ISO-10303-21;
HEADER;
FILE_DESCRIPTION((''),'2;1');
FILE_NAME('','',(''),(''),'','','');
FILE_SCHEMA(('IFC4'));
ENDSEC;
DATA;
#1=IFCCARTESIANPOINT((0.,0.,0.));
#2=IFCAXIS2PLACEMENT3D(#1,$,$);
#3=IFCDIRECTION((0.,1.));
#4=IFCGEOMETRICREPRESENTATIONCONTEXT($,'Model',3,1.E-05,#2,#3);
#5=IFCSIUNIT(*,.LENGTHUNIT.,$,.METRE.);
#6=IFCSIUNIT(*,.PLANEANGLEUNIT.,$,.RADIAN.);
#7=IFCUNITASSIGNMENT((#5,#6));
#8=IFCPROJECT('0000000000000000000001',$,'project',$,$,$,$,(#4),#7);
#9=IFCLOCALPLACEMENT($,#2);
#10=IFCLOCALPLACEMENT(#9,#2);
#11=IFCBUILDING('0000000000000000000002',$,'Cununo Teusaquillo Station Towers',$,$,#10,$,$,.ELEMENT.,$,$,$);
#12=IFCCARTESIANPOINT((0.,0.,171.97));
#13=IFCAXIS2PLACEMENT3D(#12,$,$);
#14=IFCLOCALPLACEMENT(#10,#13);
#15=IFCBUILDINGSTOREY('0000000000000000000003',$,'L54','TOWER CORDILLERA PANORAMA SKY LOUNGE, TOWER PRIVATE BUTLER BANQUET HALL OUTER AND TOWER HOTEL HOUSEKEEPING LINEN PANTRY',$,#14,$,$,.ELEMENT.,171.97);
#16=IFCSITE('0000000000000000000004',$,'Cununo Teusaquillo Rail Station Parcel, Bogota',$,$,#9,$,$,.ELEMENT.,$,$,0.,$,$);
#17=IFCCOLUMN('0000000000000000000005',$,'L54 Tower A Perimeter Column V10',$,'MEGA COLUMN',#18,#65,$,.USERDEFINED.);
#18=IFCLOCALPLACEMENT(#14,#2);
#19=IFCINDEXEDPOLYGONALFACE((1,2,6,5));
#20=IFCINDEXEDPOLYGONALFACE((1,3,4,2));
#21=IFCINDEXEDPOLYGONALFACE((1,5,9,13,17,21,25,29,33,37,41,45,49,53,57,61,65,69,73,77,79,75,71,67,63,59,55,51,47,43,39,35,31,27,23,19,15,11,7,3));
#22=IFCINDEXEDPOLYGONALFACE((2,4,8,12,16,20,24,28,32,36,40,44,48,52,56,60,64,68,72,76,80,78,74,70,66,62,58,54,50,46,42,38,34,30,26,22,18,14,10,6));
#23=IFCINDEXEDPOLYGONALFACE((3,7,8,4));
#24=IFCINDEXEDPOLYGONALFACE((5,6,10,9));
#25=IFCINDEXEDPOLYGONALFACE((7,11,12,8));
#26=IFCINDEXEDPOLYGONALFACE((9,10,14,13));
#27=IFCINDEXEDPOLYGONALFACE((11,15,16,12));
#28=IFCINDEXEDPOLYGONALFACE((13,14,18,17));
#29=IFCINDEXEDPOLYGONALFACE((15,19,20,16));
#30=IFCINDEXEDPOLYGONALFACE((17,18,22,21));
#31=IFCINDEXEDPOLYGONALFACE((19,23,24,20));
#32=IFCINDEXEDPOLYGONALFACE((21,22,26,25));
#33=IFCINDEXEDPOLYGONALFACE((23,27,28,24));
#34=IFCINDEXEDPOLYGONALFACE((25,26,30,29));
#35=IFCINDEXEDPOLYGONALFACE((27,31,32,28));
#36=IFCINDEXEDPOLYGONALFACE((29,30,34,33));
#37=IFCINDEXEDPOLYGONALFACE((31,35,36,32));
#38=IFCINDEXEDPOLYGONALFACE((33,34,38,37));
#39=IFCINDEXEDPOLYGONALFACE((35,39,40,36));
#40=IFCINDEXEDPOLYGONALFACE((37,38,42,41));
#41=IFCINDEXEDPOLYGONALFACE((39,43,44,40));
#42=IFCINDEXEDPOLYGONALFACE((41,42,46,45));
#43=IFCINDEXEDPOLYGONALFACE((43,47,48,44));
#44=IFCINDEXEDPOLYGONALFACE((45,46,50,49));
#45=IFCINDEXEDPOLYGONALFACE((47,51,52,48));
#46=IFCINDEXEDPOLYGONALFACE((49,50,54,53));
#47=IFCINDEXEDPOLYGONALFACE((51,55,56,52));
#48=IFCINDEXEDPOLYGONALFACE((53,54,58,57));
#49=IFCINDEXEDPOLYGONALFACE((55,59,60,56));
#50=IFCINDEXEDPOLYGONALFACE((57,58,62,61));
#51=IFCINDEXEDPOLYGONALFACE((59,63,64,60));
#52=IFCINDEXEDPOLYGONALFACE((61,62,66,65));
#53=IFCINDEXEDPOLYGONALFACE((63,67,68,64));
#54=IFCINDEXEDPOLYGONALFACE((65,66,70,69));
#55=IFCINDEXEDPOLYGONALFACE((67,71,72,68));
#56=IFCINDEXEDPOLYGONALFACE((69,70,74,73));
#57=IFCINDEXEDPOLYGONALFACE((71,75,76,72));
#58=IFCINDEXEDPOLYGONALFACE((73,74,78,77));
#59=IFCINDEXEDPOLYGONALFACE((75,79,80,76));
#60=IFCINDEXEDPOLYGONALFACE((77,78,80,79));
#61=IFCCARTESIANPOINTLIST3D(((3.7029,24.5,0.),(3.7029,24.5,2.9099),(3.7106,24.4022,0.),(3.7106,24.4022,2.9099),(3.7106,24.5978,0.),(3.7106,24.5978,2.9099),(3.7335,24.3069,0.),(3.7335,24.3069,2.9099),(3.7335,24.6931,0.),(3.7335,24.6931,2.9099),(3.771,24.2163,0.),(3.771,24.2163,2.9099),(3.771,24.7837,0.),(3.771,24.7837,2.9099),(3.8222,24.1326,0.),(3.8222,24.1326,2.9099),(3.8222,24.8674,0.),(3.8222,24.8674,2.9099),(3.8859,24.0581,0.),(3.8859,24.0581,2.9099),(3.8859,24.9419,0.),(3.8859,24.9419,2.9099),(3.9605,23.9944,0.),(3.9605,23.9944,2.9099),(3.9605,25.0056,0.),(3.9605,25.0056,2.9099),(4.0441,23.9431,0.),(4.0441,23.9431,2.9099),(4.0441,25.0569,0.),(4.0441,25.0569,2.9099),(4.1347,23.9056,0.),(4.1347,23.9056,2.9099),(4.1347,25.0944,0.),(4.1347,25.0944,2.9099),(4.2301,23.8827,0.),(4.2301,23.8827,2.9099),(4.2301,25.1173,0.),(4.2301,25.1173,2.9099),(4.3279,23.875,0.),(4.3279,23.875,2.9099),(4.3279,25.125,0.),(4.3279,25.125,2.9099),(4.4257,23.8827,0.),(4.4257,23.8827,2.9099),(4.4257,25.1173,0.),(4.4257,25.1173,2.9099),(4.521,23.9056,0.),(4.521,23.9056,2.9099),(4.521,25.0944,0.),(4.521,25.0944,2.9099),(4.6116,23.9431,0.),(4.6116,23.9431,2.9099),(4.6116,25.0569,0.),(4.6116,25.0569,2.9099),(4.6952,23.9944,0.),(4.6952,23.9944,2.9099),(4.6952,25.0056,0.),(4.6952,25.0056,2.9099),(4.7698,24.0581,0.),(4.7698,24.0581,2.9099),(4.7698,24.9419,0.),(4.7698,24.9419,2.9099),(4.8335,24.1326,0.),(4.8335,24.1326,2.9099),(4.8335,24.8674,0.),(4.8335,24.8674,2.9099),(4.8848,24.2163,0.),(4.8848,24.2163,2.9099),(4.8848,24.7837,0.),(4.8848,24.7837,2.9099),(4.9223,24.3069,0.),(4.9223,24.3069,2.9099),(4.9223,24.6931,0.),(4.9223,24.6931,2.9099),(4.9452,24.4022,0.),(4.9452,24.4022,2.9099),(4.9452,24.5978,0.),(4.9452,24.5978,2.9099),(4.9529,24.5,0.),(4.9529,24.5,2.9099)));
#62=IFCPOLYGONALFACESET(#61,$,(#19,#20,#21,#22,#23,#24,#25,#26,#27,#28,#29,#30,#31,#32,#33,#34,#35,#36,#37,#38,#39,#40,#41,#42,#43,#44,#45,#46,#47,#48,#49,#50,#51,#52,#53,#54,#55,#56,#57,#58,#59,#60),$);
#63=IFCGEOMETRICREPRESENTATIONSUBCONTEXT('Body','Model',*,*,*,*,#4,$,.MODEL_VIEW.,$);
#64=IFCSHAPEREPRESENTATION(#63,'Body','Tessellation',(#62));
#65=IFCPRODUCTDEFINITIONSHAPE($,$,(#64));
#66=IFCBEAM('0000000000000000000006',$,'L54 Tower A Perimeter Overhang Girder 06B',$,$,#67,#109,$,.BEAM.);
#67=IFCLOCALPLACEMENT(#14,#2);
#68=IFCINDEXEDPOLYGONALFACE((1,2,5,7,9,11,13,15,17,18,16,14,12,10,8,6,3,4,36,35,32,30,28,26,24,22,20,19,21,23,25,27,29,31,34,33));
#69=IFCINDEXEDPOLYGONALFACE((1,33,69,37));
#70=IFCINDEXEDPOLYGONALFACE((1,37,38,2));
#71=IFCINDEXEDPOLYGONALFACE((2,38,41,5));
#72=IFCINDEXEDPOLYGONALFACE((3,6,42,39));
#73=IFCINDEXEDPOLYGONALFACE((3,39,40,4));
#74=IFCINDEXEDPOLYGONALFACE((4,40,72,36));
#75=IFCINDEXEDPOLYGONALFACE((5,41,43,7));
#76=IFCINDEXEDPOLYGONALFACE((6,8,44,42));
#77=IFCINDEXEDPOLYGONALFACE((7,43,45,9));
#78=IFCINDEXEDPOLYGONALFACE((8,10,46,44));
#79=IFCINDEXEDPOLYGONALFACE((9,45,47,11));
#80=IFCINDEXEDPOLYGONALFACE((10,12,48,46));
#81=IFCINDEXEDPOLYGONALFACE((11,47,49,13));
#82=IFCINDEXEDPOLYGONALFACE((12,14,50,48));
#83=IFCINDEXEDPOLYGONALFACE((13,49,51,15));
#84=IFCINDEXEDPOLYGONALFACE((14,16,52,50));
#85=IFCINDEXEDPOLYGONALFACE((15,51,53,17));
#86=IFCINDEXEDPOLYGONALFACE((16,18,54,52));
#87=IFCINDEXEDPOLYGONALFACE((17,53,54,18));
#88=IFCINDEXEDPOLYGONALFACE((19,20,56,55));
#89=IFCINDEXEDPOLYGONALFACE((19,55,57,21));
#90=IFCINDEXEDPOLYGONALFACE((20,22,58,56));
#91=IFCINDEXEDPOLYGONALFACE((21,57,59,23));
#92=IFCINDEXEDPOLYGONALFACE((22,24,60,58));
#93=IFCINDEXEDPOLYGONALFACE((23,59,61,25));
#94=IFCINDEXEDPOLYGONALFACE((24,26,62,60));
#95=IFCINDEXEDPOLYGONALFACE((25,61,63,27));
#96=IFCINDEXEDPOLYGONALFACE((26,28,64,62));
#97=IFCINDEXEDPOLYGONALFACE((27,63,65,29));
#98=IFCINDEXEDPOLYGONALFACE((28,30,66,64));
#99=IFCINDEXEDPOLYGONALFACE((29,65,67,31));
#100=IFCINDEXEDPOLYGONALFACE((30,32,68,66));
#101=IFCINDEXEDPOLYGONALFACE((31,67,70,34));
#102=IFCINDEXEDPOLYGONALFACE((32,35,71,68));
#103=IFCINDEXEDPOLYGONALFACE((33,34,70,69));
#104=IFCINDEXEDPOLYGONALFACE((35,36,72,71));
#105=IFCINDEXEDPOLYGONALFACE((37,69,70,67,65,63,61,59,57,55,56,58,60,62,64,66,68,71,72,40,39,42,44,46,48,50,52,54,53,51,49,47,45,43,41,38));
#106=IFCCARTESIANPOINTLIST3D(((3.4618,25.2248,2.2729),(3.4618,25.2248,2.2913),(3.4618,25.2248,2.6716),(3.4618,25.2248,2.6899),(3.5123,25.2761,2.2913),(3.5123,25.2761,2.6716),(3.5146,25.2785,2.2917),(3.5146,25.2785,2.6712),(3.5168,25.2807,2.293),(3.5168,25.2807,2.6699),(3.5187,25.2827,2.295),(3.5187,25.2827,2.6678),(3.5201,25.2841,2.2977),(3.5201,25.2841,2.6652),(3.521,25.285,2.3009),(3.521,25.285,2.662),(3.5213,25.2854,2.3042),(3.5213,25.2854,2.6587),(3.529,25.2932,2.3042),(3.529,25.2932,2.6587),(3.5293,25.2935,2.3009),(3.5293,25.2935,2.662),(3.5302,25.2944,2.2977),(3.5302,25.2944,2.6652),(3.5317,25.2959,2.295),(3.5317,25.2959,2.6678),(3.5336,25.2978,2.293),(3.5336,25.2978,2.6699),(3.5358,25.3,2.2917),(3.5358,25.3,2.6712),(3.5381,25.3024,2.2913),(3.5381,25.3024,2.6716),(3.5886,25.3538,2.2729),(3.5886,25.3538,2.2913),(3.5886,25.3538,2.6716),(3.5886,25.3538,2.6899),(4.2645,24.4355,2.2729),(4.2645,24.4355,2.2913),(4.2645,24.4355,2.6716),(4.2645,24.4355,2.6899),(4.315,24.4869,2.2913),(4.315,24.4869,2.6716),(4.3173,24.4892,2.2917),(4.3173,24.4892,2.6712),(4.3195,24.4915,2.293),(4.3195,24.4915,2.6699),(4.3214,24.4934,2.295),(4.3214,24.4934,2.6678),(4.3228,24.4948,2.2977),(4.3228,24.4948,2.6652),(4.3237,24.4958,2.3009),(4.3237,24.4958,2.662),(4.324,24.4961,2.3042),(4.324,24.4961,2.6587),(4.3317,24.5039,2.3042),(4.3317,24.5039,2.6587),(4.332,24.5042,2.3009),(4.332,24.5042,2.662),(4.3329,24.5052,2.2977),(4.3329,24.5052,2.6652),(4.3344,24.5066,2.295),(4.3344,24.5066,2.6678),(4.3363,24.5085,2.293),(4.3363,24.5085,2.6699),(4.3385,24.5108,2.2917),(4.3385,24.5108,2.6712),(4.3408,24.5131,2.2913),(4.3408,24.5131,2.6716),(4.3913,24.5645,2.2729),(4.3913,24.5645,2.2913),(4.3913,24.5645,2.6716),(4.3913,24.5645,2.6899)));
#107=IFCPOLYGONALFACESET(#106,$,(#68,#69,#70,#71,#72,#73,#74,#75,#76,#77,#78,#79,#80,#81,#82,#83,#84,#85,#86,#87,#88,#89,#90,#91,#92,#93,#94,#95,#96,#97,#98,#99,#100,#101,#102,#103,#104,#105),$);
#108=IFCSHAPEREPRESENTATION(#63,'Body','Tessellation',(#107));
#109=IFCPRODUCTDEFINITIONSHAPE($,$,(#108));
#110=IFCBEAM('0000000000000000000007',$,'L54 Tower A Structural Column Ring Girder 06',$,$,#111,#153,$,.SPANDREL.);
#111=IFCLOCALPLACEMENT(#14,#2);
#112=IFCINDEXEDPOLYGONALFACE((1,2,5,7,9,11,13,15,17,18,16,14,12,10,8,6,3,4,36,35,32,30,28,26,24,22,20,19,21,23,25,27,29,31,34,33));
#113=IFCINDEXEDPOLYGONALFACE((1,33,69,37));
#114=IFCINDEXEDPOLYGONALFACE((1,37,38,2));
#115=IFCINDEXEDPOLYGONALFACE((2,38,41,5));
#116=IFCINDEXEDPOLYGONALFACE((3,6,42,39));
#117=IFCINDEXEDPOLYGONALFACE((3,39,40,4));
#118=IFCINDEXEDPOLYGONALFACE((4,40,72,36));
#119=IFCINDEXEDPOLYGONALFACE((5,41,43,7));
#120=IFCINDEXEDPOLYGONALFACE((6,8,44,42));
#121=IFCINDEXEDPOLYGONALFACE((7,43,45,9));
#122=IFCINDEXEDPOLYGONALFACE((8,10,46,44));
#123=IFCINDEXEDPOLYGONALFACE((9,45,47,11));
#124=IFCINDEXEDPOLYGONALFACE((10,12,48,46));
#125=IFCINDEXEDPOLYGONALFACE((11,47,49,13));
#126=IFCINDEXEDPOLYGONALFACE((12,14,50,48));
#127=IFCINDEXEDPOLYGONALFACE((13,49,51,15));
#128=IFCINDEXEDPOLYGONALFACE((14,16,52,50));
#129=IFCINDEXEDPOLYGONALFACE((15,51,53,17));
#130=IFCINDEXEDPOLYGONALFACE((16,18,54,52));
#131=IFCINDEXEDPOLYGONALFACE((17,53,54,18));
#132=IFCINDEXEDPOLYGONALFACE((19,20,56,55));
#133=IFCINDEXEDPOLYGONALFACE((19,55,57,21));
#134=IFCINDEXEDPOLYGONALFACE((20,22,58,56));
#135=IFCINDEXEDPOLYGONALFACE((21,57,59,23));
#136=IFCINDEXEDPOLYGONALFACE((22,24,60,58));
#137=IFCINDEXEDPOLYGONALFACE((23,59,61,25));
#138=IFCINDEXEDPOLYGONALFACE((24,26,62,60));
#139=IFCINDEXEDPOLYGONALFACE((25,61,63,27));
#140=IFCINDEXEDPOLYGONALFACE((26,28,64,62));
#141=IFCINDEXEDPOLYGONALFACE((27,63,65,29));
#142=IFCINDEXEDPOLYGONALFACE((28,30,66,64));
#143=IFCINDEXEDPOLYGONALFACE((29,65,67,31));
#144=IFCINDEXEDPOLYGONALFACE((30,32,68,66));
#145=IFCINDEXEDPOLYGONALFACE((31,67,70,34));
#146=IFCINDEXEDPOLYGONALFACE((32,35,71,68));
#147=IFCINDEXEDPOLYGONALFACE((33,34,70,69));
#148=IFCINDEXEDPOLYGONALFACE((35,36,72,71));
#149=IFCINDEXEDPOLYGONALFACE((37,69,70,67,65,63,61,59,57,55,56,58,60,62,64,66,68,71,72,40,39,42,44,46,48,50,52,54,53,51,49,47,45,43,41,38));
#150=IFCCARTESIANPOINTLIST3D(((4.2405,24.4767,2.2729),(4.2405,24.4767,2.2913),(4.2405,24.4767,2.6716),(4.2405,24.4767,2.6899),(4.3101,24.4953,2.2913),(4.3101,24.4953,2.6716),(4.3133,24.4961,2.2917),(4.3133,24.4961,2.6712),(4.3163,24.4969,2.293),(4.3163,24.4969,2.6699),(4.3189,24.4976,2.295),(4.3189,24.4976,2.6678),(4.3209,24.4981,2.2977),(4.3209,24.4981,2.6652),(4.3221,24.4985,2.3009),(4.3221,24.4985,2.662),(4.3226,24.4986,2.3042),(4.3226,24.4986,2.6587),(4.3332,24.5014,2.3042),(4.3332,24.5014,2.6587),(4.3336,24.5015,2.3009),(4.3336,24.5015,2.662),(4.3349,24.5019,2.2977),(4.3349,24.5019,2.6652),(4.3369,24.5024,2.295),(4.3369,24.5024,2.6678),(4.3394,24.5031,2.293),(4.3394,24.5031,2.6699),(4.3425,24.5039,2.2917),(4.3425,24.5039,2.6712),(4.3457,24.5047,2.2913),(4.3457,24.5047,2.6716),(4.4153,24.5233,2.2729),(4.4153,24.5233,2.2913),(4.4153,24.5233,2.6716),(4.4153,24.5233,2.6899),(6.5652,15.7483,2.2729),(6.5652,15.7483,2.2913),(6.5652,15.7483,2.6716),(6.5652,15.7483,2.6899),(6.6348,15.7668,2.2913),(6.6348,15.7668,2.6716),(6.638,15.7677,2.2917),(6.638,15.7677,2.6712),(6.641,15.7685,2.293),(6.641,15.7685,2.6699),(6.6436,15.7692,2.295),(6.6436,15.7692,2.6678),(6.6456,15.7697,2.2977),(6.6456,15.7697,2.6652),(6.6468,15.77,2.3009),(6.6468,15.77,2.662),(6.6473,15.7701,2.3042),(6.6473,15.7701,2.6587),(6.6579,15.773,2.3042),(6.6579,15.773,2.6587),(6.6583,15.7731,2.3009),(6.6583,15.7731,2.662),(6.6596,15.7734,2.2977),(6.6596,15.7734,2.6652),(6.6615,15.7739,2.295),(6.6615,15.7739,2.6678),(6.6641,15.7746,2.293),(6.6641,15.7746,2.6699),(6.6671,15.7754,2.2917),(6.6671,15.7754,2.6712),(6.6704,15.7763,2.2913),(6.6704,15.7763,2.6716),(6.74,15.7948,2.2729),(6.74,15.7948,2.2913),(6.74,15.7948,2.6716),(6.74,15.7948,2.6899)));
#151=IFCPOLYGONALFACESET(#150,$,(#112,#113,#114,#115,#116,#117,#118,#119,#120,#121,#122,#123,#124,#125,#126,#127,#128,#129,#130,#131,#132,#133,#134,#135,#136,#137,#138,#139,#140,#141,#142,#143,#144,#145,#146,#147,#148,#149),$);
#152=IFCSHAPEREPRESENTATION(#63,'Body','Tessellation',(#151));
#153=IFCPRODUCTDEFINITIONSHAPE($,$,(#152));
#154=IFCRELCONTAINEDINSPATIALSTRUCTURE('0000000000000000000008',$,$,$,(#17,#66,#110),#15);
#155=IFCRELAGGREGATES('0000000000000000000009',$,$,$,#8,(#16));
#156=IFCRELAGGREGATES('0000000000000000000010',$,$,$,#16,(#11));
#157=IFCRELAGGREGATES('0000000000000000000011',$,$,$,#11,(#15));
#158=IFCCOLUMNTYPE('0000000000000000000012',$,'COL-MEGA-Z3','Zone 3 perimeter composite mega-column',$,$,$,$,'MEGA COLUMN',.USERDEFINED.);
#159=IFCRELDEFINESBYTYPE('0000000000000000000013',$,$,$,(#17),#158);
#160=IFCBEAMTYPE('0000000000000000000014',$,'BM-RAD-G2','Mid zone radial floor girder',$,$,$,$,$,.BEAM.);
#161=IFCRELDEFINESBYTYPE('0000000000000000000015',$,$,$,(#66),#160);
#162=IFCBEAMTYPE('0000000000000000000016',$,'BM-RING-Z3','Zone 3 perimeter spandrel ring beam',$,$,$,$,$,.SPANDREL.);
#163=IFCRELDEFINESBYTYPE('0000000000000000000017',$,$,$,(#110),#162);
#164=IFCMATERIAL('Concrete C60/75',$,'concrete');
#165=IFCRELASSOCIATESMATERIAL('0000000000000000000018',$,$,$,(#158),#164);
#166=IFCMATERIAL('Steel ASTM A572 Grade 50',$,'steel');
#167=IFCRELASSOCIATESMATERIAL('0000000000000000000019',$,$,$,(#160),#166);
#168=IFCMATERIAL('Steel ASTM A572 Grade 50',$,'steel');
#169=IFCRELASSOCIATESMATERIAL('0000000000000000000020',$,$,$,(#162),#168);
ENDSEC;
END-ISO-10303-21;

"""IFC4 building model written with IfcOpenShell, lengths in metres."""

from ifc_helpers import new_model, si_unit, direction, frame, origin, origin_2d, place, context, subcontext, project, spatial, circle, i_section, extrude, material, material_profile, profile_set, type_object, element, save


model = new_model("IFC4")

# Units and contexts
model_context = context("Model", 3, precision=1e-05, world=origin(), true_north=direction((0.0, 1.0)))
body_context = subcontext(model_context, "Body", "Model", "MODEL_VIEW")
ifc_project = project(units=[si_unit("LENGTHUNIT", "METRE"), si_unit("PLANEANGLEUNIT", "RADIAN")], contexts=[model_context])

# Site, building, storey
site_placement = place(None, origin())
site = spatial("IfcSite", under=ifc_project, at=site_placement, Name="Cununo Teusaquillo Rail Station Parcel, Bogota", CompositionType="ELEMENT", RefElevation=0.0)
building_placement = place(site_placement, origin())
building = spatial("IfcBuilding", under=site, at=building_placement, Name="Cununo Teusaquillo Station Towers", CompositionType="ELEMENT")
storey_placement = place(building_placement, frame((0.0, 0.0, 171.97)))
storey = spatial("IfcBuildingStorey", under=building, at=storey_placement, Name="L54", Description="TOWER CORDILLERA PANORAMA SKY LOUNGE, TOWER PRIVATE BUTLER BANQUET HALL OUTER AND TOWER HOTEL HOUSEKEEPING LINEN PANTRY", CompositionType="ELEMENT", Elevation=171.97)

# Column
ifc_material_1 = material(Name="Concrete C60/75", Category="concrete")
ifc_material_profile_1 = material_profile(ifc_material_1, circle(Radius=0.625, at=origin_2d()), Name="RC-CIRC-1250")
ifc_profile_set_1 = profile_set([ifc_material_profile_1], Name="Concrete C60/75")
column_type = type_object("IfcColumnType", Name="COL-MEGA-Z3", Description="Zone 3 perimeter composite mega-column", ElementType="MEGA COLUMN", PredefinedType="USERDEFINED", material=ifc_profile_set_1)
column_placement = place(storey_placement, frame((4.3279, 24.5, 0.0), z_axis=(0.0, 0.0, 1.0), x_axis=(1.0, 0.0, 0.0)))
element("IfcColumn", 1, at=column_placement, inside=storey, type_object=column_type, Name="L54 Tower A Perimeter Column V10", ObjectType="MEGA COLUMN", PredefinedType="USERDEFINED", context=body_context, shape_type="SweptSolid", body=[
    extrude(circle(Radius=0.625, at=origin_2d()), origin(), (0.0, 0.0, 1.0), 2.9099),
])

# Beams
ifc_material_2 = material(Name="Steel ASTM A572 Grade 50", Category="steel")
ifc_material_profile_2 = material_profile(ifc_material_2, i_section(OverallWidth=0.1809, OverallDepth=0.417, WebThickness=0.011, FlangeThickness=0.0183, FilletRadius=0.0129, at=origin_2d()), Name="W16X57")
ifc_profile_set_2 = profile_set([ifc_material_profile_2], Name="Steel ASTM A572 Grade 50")
beam_type_1 = type_object("IfcBeamType", Name="BM-RAD-G2", Description="Mid zone radial floor girder", PredefinedType="BEAM", material=ifc_profile_set_2)
beam_1_placement = place(storey_placement, frame((4.3279, 24.5, 2.4814), z_axis=(-0.713045, 0.701118, 0.0), x_axis=(-0.701118, -0.713045, 0.0)))
element("IfcBeam", 2, at=beam_1_placement, inside=storey, type_object=beam_type_1, Name="L54 Tower A Perimeter Overhang Girder 06B", PredefinedType="BEAM", context=body_context, shape_type="SweptSolid", body=[
    extrude(i_section(OverallWidth=0.1809, OverallDepth=0.417, WebThickness=0.011, FlangeThickness=0.0183, FilletRadius=0.0129, at=origin_2d()), origin(), (0.0, 0.0, 1.0), 1.1257),
])
ifc_material_3 = material(Name="Steel ASTM A572 Grade 50", Category="steel")
ifc_material_profile_3 = material_profile(ifc_material_3, i_section(OverallWidth=0.1809, OverallDepth=0.417, WebThickness=0.011, FlangeThickness=0.0183, FilletRadius=0.0129, at=origin_2d()), Name="W16X57")
ifc_profile_set_3 = profile_set([ifc_material_profile_3], Name="Steel ASTM A572 Grade 50")
beam_type_2 = type_object("IfcBeamType", Name="BM-RING-Z3", Description="Zone 3 perimeter spandrel ring beam", PredefinedType="SPANDREL", material=ifc_profile_set_3)
beam_2_placement = place(storey_placement, frame((4.3279, 24.5, 2.4814), z_axis=(0.257363, -0.966315, 0.0), x_axis=(0.966315, 0.257363, 0.0)))
element("IfcBeam", 3, at=beam_2_placement, inside=storey, type_object=beam_type_2, Name="L54 Tower A Structural Column Ring Girder 06", PredefinedType="SPANDREL", context=body_context, shape_type="SweptSolid", body=[
    extrude(i_section(OverallWidth=0.1809, OverallDepth=0.417, WebThickness=0.011, FlangeThickness=0.0183, FilletRadius=0.0129, at=origin_2d()), origin(), (0.0, 0.0, 1.0), 9.0327),
])

save(model, "model.ifc")
